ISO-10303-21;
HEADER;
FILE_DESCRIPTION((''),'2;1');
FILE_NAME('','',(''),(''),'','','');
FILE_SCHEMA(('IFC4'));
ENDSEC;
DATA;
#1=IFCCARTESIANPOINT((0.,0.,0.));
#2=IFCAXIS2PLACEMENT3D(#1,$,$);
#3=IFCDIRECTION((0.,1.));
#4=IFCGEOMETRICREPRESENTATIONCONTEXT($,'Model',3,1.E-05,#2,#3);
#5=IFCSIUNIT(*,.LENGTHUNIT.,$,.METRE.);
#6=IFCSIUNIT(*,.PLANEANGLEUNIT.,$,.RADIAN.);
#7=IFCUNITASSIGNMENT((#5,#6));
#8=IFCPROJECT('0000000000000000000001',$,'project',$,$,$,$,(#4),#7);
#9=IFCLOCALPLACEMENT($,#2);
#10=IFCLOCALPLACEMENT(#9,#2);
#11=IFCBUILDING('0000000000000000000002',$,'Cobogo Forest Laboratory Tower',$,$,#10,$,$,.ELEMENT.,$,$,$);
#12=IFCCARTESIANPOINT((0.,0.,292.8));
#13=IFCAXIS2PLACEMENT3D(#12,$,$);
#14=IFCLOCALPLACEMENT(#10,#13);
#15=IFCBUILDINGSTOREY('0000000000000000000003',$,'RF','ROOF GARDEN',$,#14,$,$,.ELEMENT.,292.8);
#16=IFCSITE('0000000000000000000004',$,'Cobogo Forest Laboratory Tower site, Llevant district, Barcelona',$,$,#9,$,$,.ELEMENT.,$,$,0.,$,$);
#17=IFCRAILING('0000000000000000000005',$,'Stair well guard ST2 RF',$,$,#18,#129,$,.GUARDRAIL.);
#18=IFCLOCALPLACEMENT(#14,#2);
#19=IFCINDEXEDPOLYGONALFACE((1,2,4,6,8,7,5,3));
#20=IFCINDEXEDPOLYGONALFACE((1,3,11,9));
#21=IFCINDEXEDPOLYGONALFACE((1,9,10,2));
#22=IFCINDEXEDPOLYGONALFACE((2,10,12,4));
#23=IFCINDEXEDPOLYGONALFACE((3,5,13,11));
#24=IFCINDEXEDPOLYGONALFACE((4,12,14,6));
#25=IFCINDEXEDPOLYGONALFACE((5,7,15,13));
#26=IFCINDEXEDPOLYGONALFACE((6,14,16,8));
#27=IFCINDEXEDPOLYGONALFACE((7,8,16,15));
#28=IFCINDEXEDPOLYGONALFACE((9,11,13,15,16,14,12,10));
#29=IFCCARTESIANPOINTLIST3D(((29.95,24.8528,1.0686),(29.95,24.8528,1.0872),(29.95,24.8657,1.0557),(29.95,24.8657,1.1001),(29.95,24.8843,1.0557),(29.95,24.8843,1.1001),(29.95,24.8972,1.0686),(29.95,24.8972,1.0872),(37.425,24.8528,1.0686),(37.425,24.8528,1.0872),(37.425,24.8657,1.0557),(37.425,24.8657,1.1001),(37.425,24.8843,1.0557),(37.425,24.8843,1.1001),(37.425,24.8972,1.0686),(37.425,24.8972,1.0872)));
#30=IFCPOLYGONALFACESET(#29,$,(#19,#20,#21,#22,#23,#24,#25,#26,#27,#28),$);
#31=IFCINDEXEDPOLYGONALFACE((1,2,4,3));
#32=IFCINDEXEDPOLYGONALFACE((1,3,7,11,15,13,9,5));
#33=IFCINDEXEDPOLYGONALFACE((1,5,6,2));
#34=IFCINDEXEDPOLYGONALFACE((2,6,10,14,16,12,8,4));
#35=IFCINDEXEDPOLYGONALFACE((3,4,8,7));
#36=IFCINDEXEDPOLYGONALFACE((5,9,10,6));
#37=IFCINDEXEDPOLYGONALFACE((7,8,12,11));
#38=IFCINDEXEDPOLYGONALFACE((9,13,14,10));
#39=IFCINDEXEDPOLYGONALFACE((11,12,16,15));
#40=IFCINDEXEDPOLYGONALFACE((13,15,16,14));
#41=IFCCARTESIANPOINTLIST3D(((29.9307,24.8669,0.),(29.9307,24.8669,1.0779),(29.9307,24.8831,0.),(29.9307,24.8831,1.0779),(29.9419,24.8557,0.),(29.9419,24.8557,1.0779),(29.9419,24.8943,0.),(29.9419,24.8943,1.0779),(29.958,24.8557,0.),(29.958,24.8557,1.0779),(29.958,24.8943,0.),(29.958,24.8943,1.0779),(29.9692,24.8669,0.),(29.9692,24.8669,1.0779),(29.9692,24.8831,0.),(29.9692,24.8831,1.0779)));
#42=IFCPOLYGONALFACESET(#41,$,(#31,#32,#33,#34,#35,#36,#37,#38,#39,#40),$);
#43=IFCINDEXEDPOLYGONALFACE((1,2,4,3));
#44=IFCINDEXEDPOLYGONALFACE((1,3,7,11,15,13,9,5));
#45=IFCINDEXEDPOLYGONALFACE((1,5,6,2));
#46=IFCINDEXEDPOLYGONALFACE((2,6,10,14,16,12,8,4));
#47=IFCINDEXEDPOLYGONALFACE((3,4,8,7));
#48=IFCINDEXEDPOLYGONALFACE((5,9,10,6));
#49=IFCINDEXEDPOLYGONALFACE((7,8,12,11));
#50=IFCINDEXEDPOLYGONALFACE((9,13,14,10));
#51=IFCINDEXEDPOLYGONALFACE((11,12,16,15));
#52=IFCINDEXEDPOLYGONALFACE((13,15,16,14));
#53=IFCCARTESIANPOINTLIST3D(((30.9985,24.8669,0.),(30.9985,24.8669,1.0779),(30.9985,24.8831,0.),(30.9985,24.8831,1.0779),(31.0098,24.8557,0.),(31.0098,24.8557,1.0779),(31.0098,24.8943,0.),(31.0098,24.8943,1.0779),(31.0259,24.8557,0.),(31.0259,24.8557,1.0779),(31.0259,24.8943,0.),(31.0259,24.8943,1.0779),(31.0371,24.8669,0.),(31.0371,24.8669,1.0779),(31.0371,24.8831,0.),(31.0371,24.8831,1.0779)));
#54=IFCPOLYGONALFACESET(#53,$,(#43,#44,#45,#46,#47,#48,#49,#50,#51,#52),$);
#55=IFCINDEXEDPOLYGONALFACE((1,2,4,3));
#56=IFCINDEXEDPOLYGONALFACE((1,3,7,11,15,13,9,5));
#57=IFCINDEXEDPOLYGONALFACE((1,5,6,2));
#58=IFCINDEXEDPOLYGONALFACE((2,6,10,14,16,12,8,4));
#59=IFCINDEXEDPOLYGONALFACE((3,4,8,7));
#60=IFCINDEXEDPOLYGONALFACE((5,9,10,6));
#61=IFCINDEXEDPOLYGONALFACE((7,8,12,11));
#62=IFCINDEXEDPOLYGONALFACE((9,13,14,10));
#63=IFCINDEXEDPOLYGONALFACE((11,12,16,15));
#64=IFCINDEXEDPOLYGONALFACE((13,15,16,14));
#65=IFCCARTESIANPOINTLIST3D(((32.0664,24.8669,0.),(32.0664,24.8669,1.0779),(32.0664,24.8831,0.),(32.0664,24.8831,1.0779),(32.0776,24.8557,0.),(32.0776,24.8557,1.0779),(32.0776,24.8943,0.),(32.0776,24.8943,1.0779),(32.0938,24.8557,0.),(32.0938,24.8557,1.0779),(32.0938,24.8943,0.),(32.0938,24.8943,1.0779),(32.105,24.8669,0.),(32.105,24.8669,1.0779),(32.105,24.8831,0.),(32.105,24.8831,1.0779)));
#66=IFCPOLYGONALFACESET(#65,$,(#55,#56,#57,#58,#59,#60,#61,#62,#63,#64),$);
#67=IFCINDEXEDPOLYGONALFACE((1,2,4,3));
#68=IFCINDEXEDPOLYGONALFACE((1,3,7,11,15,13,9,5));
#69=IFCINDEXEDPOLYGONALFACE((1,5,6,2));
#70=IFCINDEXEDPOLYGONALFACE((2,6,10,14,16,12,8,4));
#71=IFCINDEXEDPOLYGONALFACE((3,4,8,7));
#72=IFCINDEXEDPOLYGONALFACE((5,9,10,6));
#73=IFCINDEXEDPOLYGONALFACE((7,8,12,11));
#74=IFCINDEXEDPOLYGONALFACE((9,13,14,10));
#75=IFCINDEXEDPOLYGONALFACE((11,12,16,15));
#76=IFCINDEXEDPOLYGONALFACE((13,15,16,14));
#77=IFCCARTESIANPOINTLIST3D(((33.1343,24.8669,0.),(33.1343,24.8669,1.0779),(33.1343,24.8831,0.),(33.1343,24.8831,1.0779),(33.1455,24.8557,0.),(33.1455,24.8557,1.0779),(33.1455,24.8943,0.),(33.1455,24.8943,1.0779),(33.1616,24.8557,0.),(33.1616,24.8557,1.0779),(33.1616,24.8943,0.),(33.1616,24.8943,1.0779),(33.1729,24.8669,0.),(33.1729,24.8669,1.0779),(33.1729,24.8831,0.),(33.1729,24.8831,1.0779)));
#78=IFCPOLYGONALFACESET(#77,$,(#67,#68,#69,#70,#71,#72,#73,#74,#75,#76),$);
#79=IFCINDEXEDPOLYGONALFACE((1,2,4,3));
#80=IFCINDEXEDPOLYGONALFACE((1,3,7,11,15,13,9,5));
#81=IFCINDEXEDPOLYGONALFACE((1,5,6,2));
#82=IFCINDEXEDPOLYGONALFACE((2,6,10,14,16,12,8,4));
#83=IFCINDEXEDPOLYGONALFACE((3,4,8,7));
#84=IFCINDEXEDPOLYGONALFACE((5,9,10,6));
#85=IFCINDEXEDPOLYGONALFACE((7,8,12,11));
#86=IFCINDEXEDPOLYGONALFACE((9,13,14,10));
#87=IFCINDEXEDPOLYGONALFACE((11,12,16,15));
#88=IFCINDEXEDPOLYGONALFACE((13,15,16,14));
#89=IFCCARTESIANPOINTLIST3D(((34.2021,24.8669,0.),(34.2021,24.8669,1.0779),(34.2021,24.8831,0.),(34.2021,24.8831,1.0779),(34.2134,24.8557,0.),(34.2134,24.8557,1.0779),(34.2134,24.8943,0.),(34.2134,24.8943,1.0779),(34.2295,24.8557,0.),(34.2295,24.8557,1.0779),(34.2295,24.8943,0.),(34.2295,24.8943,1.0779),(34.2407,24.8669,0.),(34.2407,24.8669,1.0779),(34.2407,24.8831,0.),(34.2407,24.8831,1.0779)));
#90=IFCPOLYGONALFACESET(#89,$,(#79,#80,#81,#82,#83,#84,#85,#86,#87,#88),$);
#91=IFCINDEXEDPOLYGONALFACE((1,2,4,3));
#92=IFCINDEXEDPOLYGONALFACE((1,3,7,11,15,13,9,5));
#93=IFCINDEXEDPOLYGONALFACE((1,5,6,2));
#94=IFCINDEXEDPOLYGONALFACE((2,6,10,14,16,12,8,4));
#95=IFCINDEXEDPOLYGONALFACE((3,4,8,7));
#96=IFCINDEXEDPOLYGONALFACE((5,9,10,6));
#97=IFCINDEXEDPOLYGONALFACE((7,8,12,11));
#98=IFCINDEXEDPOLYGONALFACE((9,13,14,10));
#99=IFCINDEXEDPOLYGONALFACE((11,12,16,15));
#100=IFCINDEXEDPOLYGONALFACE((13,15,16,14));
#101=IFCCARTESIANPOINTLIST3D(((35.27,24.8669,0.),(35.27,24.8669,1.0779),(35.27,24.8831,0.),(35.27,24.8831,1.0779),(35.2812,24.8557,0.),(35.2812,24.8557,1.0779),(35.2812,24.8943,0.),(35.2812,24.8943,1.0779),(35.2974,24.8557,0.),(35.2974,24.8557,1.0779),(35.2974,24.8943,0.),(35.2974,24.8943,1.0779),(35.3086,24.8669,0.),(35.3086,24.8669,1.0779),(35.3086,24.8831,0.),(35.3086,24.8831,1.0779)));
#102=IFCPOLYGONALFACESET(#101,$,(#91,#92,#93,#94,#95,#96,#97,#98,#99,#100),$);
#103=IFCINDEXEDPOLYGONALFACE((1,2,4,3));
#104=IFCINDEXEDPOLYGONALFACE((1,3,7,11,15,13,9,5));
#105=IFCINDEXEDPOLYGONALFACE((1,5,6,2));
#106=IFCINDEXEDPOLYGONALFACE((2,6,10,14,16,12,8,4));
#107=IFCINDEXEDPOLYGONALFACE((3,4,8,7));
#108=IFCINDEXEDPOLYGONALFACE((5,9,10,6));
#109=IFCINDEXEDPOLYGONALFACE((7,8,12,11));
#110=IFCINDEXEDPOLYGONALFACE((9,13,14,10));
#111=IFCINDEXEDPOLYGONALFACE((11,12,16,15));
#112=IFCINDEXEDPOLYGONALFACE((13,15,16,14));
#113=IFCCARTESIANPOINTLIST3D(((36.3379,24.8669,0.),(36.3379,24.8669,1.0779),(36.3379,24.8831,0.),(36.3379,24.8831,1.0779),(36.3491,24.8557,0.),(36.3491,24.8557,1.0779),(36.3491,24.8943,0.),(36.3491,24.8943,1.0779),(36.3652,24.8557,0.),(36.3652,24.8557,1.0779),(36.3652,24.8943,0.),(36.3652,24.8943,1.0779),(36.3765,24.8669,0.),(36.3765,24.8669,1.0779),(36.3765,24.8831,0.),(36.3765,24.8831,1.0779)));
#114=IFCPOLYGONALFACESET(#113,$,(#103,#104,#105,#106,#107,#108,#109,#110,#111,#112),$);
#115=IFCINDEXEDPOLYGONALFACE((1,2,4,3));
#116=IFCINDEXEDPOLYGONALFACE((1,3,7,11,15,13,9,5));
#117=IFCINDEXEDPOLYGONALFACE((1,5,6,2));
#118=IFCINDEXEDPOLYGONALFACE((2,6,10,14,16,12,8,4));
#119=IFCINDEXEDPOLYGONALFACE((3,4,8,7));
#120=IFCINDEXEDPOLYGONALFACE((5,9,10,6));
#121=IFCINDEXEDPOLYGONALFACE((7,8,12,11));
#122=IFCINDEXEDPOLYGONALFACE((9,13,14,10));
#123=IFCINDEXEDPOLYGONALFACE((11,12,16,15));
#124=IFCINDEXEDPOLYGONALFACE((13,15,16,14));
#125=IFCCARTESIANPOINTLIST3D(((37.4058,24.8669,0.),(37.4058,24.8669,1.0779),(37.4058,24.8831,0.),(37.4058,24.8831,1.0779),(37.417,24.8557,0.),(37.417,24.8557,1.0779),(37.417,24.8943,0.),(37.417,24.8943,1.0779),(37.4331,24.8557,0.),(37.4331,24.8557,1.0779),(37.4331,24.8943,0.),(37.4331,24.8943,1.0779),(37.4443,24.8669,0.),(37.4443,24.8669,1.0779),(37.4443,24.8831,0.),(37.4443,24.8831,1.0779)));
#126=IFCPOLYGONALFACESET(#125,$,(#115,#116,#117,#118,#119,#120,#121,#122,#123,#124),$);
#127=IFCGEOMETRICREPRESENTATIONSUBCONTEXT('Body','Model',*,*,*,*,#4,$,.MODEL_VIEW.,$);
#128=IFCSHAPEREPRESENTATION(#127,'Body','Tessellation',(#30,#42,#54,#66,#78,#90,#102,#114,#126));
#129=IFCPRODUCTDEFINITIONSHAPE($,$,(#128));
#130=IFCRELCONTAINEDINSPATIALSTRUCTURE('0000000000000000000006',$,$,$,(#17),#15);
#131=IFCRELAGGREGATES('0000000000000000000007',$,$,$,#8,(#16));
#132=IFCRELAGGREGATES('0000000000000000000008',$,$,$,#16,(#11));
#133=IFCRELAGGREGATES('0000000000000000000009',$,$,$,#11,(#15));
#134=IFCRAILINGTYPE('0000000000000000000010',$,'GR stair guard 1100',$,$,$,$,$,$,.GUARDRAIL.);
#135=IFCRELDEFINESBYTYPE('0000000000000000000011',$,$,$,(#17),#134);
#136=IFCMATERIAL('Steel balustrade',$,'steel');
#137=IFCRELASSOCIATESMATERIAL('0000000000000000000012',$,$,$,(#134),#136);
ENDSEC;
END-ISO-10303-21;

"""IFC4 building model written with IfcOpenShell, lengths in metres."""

from ifc_helpers import new_model, si_unit, direction, frame, origin, place, context, subcontext, project, spatial, polyline, outline, extrude, material, type_object, element, save


model = new_model("IFC4")

# Units and contexts
model_context = context("Model", 3, precision=1e-05, world=origin(), true_north=direction((0.0, 1.0)))
body_context = subcontext(model_context, "Body", "Model", "MODEL_VIEW")
ifc_project = project(units=[si_unit("LENGTHUNIT", "METRE"), si_unit("PLANEANGLEUNIT", "RADIAN")], contexts=[model_context])

# Site, building, storey
site_placement = place(None, origin())
site = spatial("IfcSite", under=ifc_project, at=site_placement, Name="Cobogo Forest Laboratory Tower site, Llevant district, Barcelona", CompositionType="ELEMENT", RefElevation=0.0)
building_placement = place(site_placement, origin())
building = spatial("IfcBuilding", under=site, at=building_placement, Name="Cobogo Forest Laboratory Tower", CompositionType="ELEMENT")
storey_placement = place(building_placement, frame((0.0, 0.0, 292.8)))
storey = spatial("IfcBuildingStorey", under=building, at=storey_placement, Name="RF", Description="ROOF GARDEN", CompositionType="ELEMENT", Elevation=292.8)

# Railing
ifc_material_1 = material(Name="Steel balustrade", Category="steel")
railing_type = type_object("IfcRailingType", Name="GR stair guard 1100", PredefinedType="GUARDRAIL", material=ifc_material_1)
railing_placement = place(storey_placement, frame((29.95, 24.875, 0.0)))
element("IfcRailing", 1, at=railing_placement, inside=storey, type_object=railing_type, Name="Stair well guard ST2 RF", PredefinedType="GUARDRAIL", context=body_context, shape_type="SweptSolid", body=[
    extrude(outline(polyline([(0.0222, 0.0093), (0.0093, 0.0222), (-0.0093, 0.0222), (-0.0222, 0.0093), (-0.0222, -0.0093), (-0.0093, -0.0222), (0.0093, -0.0222), (0.0222, -0.0093), (0.0222, 0.0093)])), frame((0.0, 0.0, 1.0779), z_axis=(1.0, 0.0, 0.0), x_axis=(0.0, 1.0, 0.0)), (0.0, 0.0, 1.0), 7.4751),
    extrude(outline(polyline([(0.0193, 0.0081), (0.0081, 0.0193), (-0.0081, 0.0193), (-0.0193, 0.0081), (-0.0193, -0.0081), (-0.0081, -0.0193), (0.0081, -0.0193), (0.0193, -0.0081), (0.0193, 0.0081)])), origin(), (0.0, 0.0, 1.0), 1.0779),
    extrude(outline(polyline([(0.0193, 0.0081), (0.0081, 0.0193), (-0.0081, 0.0193), (-0.0193, 0.0081), (-0.0193, -0.0081), (-0.0081, -0.0193), (0.0081, -0.0193), (0.0193, -0.0081), (0.0193, 0.0081)])), frame((1.0679, 0.0, 0.0)), (0.0, 0.0, 1.0), 1.0779),
    extrude(outline(polyline([(0.0193, 0.0081), (0.0081, 0.0193), (-0.0081, 0.0193), (-0.0193, 0.0081), (-0.0193, -0.0081), (-0.0081, -0.0193), (0.0081, -0.0193), (0.0193, -0.0081), (0.0193, 0.0081)])), frame((2.1357, 0.0, 0.0)), (0.0, 0.0, 1.0), 1.0779),
    extrude(outline(polyline([(0.0193, 0.0081), (0.0081, 0.0193), (-0.0081, 0.0193), (-0.0193, 0.0081), (-0.0193, -0.0081), (-0.0081, -0.0193), (0.0081, -0.0193), (0.0193, -0.0081), (0.0193, 0.0081)])), frame((3.2036, 0.0, 0.0)), (0.0, 0.0, 1.0), 1.0779),
    extrude(outline(polyline([(0.0193, 0.0081), (0.0081, 0.0193), (-0.0081, 0.0193), (-0.0193, 0.0081), (-0.0193, -0.0081), (-0.0081, -0.0193), (0.0081, -0.0193), (0.0193, -0.0081), (0.0193, 0.0081)])), frame((4.2715, 0.0, 0.0)), (0.0, 0.0, 1.0), 1.0779),
    extrude(outline(polyline([(0.0193, 0.0081), (0.0081, 0.0193), (-0.0081, 0.0193), (-0.0193, 0.0081), (-0.0193, -0.0081), (-0.0081, -0.0193), (0.0081, -0.0193), (0.0193, -0.0081), (0.0193, 0.0081)])), frame((5.3394, 0.0, 0.0)), (0.0, 0.0, 1.0), 1.0779),
    extrude(outline(polyline([(0.0193, 0.0081), (0.0081, 0.0193), (-0.0081, 0.0193), (-0.0193, 0.0081), (-0.0193, -0.0081), (-0.0081, -0.0193), (0.0081, -0.0193), (0.0193, -0.0081), (0.0193, 0.0081)])), frame((6.4072, 0.0, 0.0)), (0.0, 0.0, 1.0), 1.0779),
    extrude(outline(polyline([(0.0193, 0.0081), (0.0081, 0.0193), (-0.0081, 0.0193), (-0.0193, 0.0081), (-0.0193, -0.0081), (-0.0081, -0.0193), (0.0081, -0.0193), (0.0193, -0.0081), (0.0193, 0.0081)])), frame((7.4751, 0.0, 0.0)), (0.0, 0.0, 1.0), 1.0779),
])

save(model, "model.ifc")
